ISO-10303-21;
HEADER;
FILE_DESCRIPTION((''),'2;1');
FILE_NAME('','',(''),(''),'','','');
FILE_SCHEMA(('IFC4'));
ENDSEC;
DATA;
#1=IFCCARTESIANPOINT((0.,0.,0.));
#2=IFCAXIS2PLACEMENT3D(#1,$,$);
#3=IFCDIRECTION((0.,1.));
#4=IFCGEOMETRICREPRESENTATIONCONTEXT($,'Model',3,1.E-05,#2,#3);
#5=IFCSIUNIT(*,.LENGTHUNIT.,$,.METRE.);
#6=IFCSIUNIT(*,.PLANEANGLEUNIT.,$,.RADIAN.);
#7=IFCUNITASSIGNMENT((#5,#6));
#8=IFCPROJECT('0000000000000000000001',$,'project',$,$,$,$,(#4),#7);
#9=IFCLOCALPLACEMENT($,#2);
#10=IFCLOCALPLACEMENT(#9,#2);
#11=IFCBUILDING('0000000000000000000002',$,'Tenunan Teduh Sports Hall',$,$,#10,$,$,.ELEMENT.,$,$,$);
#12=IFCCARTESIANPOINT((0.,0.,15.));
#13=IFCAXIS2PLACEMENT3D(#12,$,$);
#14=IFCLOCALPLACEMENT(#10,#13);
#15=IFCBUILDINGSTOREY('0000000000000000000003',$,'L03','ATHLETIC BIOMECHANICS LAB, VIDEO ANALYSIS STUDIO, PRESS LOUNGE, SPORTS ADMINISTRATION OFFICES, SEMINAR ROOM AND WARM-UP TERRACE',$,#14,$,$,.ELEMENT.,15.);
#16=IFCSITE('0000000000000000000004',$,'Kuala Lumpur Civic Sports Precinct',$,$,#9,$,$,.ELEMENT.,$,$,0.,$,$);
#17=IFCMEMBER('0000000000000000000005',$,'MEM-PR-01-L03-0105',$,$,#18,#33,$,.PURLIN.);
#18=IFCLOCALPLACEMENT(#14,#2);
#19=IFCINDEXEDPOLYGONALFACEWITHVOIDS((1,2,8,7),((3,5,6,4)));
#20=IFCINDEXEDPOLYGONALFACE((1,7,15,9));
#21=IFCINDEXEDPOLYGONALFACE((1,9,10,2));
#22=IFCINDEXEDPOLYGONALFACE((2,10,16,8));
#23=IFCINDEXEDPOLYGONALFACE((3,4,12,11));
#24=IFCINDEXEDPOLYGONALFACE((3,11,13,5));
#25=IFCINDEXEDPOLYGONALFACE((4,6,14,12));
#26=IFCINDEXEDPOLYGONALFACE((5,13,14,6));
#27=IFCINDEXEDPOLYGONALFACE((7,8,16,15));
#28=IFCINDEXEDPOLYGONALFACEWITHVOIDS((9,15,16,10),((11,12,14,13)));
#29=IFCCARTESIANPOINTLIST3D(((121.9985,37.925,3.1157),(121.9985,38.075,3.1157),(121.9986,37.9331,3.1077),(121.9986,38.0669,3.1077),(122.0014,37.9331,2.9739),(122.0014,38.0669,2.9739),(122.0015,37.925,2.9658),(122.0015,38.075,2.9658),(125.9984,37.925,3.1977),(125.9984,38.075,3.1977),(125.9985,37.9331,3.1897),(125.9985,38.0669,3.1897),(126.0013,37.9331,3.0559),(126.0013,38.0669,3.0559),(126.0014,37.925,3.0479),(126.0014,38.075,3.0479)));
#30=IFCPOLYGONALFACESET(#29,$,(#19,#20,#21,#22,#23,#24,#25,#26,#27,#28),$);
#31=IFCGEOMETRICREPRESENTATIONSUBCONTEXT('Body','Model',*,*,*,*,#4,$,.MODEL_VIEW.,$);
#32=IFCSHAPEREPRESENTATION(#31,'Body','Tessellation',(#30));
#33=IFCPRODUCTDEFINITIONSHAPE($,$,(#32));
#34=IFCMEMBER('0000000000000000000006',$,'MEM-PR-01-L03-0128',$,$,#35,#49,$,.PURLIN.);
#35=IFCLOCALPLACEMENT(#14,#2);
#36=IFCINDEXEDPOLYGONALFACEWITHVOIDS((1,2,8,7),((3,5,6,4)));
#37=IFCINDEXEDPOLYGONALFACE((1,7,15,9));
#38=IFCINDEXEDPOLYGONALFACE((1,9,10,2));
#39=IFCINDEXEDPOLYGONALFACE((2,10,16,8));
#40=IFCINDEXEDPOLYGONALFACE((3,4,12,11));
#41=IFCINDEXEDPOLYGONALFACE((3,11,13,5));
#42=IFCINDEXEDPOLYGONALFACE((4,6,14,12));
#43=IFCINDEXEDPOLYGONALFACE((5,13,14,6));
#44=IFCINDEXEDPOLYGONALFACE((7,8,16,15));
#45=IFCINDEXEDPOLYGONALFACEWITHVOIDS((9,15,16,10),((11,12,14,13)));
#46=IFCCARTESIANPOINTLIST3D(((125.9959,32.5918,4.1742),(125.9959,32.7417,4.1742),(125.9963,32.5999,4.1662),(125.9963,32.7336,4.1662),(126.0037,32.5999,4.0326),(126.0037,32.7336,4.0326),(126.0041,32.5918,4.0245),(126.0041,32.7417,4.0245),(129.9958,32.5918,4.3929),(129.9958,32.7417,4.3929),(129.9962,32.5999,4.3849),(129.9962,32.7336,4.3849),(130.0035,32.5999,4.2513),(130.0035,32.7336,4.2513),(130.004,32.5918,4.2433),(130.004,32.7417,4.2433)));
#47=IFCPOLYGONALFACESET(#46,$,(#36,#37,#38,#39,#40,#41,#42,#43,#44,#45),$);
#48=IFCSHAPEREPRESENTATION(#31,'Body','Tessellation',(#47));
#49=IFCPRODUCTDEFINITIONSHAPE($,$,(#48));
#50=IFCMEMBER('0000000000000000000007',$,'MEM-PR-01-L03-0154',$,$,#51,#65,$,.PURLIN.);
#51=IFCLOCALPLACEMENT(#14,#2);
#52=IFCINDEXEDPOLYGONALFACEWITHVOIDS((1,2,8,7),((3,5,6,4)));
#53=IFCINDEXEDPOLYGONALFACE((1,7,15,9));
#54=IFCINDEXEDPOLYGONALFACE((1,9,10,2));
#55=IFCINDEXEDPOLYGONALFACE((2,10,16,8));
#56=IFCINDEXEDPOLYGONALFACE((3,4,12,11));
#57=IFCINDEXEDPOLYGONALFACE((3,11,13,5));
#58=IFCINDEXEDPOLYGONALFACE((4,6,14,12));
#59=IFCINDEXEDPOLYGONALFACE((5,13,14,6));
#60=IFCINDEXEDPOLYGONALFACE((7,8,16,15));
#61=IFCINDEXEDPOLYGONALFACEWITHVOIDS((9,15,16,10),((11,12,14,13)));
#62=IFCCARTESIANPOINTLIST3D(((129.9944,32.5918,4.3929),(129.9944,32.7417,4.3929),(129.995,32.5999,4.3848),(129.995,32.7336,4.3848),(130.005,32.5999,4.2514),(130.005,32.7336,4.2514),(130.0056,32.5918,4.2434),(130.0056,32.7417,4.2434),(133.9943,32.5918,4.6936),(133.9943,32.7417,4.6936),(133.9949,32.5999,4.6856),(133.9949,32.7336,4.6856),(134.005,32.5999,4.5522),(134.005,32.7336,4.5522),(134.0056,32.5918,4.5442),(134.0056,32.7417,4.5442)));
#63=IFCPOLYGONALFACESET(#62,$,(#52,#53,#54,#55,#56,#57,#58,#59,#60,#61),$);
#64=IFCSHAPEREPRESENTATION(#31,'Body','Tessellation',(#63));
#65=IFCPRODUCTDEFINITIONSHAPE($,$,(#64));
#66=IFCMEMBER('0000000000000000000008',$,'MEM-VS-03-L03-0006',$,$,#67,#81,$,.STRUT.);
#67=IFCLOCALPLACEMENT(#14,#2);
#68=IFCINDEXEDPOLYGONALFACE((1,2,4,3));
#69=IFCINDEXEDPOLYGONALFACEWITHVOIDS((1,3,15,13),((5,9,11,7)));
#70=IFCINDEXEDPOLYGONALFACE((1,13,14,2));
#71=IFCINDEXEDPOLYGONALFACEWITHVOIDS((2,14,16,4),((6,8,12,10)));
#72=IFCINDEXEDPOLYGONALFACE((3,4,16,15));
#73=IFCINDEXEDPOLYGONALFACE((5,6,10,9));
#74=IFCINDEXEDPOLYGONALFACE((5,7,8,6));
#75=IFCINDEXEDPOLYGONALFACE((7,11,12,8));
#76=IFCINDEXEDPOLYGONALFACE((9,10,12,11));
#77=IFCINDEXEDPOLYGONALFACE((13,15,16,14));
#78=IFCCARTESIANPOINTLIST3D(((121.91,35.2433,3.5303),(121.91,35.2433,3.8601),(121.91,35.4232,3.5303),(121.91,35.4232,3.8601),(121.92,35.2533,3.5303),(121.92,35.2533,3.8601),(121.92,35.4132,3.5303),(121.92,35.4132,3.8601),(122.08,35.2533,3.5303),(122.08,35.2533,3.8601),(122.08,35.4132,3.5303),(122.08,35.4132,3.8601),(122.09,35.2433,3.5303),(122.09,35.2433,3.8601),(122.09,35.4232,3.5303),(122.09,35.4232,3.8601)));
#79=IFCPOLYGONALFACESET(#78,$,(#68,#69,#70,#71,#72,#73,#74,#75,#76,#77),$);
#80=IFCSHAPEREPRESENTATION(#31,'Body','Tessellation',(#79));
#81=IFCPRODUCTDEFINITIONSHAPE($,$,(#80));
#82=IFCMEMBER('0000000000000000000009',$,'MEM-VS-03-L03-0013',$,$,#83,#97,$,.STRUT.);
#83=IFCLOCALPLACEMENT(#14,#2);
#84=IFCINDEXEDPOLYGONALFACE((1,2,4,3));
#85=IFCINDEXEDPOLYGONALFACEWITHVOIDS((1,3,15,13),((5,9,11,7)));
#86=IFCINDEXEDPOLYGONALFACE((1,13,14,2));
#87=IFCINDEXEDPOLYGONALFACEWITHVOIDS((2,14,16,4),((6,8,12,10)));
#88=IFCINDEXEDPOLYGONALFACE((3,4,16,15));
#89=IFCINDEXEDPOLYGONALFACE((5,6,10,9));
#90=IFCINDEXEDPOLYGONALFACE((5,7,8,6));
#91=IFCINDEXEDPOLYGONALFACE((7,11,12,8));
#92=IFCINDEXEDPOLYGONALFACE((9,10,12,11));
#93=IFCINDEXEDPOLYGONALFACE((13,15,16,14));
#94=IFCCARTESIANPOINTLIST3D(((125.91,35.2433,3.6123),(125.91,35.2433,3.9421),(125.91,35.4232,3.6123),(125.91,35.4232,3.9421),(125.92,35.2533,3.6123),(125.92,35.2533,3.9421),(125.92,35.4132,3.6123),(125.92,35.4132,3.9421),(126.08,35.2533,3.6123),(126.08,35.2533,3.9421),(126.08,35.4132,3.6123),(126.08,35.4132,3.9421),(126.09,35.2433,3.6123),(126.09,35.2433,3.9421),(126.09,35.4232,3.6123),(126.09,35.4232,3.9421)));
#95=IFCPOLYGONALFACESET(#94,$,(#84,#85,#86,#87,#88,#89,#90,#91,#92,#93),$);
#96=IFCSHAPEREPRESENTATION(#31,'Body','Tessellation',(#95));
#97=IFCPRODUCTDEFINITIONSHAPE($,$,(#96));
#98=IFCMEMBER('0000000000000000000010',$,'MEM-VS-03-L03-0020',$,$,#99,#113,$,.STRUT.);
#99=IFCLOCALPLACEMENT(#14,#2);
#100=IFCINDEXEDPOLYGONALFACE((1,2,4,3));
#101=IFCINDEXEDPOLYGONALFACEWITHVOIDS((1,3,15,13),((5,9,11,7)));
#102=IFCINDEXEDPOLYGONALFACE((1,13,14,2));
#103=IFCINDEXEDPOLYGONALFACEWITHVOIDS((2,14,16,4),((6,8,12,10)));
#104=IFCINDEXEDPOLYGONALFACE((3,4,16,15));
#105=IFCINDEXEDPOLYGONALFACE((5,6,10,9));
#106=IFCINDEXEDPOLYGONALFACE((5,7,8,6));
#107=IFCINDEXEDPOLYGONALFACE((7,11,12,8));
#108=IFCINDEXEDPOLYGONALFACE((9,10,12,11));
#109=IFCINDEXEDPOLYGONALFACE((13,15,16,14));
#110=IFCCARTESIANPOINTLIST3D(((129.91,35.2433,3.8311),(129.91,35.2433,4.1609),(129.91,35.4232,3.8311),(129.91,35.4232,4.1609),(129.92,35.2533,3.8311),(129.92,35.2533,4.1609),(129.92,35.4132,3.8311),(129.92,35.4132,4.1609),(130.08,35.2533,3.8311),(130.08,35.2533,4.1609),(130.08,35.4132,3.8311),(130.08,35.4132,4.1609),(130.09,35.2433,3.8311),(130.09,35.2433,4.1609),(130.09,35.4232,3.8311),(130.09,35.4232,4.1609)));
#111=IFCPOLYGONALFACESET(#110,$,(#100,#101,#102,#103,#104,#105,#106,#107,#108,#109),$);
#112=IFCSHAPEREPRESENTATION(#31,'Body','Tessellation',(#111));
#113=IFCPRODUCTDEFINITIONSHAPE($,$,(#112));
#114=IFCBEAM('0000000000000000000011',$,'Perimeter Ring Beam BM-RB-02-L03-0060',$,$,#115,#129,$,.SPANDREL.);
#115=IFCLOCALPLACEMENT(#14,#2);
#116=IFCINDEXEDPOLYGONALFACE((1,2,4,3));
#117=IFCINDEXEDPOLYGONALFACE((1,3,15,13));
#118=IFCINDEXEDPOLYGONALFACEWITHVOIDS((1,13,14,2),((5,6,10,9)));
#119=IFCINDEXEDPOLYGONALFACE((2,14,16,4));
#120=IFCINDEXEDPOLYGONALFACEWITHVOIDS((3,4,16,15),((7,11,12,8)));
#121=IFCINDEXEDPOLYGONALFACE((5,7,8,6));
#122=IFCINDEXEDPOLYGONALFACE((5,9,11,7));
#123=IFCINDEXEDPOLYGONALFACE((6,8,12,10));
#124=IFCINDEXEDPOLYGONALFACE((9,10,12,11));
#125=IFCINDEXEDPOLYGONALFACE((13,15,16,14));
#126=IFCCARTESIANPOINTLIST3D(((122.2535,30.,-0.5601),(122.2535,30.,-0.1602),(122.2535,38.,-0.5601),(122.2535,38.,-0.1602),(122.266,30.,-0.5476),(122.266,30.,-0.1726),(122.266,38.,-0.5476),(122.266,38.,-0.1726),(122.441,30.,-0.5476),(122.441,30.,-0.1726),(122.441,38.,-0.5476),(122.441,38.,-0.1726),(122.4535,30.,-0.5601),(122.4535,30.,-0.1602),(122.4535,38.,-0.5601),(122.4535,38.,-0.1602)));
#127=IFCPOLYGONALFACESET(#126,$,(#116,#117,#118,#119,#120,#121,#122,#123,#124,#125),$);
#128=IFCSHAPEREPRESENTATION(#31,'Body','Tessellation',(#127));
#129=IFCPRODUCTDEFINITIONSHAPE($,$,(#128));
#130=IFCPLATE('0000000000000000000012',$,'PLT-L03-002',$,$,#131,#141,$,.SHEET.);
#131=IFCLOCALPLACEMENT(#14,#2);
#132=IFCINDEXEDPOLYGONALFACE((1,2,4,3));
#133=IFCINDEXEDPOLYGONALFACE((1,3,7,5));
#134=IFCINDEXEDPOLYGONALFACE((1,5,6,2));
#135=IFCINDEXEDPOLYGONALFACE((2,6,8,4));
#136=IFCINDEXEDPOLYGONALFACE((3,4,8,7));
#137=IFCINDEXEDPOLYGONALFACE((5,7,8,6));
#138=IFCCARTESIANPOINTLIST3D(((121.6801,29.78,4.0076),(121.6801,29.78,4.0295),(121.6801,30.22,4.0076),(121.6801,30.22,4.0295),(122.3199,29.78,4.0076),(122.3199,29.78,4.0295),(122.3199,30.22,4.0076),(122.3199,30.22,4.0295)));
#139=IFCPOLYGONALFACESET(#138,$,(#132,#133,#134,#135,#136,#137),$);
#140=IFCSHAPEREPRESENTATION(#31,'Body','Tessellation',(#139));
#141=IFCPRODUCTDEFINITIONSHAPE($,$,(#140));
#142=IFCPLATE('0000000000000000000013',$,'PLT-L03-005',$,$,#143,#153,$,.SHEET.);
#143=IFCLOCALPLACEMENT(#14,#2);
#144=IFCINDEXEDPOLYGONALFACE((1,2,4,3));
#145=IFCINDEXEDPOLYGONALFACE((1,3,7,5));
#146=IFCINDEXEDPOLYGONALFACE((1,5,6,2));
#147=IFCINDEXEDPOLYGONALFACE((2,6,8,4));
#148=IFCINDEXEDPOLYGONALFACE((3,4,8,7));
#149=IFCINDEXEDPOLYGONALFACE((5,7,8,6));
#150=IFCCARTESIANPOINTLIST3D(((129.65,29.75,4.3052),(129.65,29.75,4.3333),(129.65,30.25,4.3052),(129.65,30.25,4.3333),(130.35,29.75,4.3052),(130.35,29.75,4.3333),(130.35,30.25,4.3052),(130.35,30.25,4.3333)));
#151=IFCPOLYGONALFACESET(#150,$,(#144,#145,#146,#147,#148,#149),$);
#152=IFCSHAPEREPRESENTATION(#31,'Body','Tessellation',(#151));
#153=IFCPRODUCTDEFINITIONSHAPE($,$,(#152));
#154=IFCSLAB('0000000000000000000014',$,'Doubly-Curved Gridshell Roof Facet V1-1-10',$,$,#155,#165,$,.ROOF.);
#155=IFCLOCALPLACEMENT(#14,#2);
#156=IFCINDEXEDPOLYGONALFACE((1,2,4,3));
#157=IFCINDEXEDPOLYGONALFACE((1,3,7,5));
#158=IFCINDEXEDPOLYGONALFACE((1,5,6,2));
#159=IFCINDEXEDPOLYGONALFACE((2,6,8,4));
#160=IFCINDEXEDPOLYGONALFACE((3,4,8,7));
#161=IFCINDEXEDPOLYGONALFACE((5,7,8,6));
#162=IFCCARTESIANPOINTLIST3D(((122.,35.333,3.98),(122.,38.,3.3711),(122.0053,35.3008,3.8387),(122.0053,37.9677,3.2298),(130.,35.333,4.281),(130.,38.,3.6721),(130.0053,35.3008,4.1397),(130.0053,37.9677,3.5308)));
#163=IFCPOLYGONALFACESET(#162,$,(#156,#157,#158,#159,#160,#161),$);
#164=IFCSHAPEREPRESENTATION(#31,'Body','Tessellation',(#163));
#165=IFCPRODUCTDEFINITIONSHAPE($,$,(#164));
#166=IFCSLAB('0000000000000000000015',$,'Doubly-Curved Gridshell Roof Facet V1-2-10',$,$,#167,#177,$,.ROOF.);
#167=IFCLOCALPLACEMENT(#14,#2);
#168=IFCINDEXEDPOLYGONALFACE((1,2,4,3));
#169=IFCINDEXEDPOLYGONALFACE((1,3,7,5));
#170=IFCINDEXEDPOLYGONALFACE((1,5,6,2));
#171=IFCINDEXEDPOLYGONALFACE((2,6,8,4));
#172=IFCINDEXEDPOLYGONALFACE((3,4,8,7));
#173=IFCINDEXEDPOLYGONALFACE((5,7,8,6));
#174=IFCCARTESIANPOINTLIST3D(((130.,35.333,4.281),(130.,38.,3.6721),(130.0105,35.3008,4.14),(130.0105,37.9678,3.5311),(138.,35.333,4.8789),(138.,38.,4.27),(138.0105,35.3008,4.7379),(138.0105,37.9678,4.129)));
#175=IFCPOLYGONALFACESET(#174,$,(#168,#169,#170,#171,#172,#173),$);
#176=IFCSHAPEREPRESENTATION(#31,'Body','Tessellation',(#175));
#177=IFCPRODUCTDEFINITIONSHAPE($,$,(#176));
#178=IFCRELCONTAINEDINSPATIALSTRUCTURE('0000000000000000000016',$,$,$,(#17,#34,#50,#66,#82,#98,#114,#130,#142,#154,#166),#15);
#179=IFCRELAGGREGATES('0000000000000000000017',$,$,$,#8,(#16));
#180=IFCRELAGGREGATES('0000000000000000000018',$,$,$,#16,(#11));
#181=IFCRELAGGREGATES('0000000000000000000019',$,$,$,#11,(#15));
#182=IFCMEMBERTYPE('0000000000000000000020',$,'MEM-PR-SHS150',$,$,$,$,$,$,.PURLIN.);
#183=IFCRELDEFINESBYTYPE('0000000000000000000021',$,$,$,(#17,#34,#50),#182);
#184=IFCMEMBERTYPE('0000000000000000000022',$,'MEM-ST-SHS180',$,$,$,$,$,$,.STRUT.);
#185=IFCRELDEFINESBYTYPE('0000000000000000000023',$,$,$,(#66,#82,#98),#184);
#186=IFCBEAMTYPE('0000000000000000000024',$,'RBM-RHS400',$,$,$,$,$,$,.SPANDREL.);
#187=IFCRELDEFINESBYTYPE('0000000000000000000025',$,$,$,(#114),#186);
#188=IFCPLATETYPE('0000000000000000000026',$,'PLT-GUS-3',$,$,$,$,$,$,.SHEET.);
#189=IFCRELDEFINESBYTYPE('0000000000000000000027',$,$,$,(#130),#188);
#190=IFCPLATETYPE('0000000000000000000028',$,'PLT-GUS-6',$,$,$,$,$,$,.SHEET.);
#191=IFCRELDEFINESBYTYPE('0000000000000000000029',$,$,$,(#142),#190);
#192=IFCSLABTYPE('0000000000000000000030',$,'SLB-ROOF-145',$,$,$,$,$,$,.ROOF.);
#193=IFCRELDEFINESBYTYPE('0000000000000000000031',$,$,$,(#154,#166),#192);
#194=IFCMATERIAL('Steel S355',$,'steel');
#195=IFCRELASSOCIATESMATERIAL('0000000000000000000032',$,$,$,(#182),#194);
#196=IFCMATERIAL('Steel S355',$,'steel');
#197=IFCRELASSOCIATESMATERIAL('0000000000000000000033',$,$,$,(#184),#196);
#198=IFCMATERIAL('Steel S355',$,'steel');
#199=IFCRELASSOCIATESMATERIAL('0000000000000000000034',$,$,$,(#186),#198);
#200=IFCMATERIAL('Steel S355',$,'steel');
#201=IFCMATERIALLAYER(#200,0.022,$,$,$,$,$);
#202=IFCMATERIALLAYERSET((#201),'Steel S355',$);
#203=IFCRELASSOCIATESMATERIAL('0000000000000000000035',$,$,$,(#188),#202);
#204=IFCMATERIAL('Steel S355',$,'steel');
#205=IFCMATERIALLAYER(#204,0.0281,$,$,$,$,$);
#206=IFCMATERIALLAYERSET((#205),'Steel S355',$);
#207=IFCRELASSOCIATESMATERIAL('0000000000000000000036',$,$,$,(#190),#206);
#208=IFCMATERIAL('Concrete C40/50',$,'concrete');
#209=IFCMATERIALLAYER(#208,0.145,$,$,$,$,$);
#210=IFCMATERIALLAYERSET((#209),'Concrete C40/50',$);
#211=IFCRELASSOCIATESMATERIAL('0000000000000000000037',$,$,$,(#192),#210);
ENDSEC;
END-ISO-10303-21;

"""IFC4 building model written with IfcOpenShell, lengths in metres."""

from ifc_helpers import new_model, si_unit, direction, frame, origin, origin_2d, place, context, subcontext, project, spatial, polyline, rectangle, hollow_rectangle, outline, extrude, material, layer, layer_set, material_profile, profile_set, type_object, element, save


model = new_model("IFC4")

# Units and contexts
model_context = context("Model", 3, precision=1e-05, world=origin(), true_north=direction((0.0, 1.0)))
body_context = subcontext(model_context, "Body", "Model", "MODEL_VIEW")
ifc_project = project(units=[si_unit("LENGTHUNIT", "METRE"), si_unit("PLANEANGLEUNIT", "RADIAN")], contexts=[model_context])

# Site, building, storey
site_placement = place(None, origin())
site = spatial("IfcSite", under=ifc_project, at=site_placement, Name="Kuala Lumpur Civic Sports Precinct", CompositionType="ELEMENT", RefElevation=0.0)
building_placement = place(site_placement, origin())
building = spatial("IfcBuilding", under=site, at=building_placement, Name="Tenunan Teduh Sports Hall", CompositionType="ELEMENT")
storey_placement = place(building_placement, frame((0.0, 0.0, 15.0)))
storey = spatial("IfcBuildingStorey", under=building, at=storey_placement, Name="L03", Description="ATHLETIC BIOMECHANICS LAB, VIDEO ANALYSIS STUDIO, PRESS LOUNGE, SPORTS ADMINISTRATION OFFICES, SEMINAR ROOM AND WARM-UP TERRACE", CompositionType="ELEMENT", Elevation=15.0)

# Members
ifc_material_1 = material(Name="Steel S355", Category="steel")
ifc_material_profile_1 = material_profile(ifc_material_1, hollow_rectangle(XDim=0.1499, YDim=0.1499, WallThickness=0.0081, at=origin_2d()), Name="SHS 150x150x8.0")
ifc_profile_set_1 = profile_set([ifc_material_profile_1], Name="Steel S355")
member_type_1 = type_object("IfcMemberType", Name="MEM-PR-SHS150", PredefinedType="PURLIN", material=ifc_profile_set_1)
for number, where, z_axis, x_axis, name in (
    (1, (122.0, 38.0, 3.0408), (0.99979, 0.0, 0.020504), (0.0, 1.0, 0.0), "MEM-PR-01-L03-0105"),
):
    element("IfcMember", number, at=place(storey_placement, frame(where, z_axis=z_axis, x_axis=x_axis)), inside=storey, type_object=member_type_1, Name=name, PredefinedType="PURLIN", context=body_context, shape_type="SweptSolid", body=[
        extrude(hollow_rectangle(XDim=0.1499, YDim=0.1499, WallThickness=0.0081, at=origin_2d()), origin(), (0.0, 0.0, 1.0), 4.0007),
    ])
member_1_placement = place(storey_placement, frame((126.0, 32.6667, 4.0994), z_axis=(0.998508, 0.0, 0.054606), x_axis=(0.0, 1.0, 0.0)))
element("IfcMember", 2, at=member_1_placement, inside=storey, type_object=member_type_1, Name="MEM-PR-01-L03-0128", PredefinedType="PURLIN", context=body_context, shape_type="SweptSolid", body=[
    extrude(hollow_rectangle(XDim=0.1499, YDim=0.1499, WallThickness=0.0081, at=origin_2d()), origin(), (0.0, 0.0, 1.0), 4.0059),
])
member_2_placement = place(storey_placement, frame((130.0, 32.6667, 4.3181), z_axis=(0.997185, 0.0, 0.074984), x_axis=(0.0, 1.0, 0.0)))
element("IfcMember", 3, at=member_2_placement, inside=storey, type_object=member_type_1, Name="MEM-PR-01-L03-0154", PredefinedType="PURLIN", context=body_context, shape_type="SweptSolid", body=[
    extrude(hollow_rectangle(XDim=0.1499, YDim=0.1499, WallThickness=0.0081, at=origin_2d()), origin(), (0.0, 0.0, 1.0), 4.0112),
])
ifc_material_2 = material(Name="Steel S355", Category="steel")
ifc_material_profile_2 = material_profile(ifc_material_2, hollow_rectangle(XDim=0.1799, YDim=0.1799, WallThickness=0.01, at=origin_2d()), Name="SHS 180x180x10.0")
ifc_profile_set_2 = profile_set([ifc_material_profile_2], Name="Steel S355")
member_type_2 = type_object("IfcMemberType", Name="MEM-ST-SHS180", PredefinedType="STRUT", material=ifc_profile_set_2)
for number, where, z_axis, x_axis, name in (
    (4, (122.0, 35.3333, 3.5303), (0.0, 0.0, 1.0), (1.0, 0.0, 0.0), "MEM-VS-03-L03-0006"),
    (5, (126.0, 35.3333, 3.6123), (0.0, 0.0, 1.0), (1.0, 0.0, 0.0), "MEM-VS-03-L03-0013"),
    (6, (130.0, 35.3333, 3.8311), (0.0, 0.0, 1.0), (1.0, 0.0, 0.0), "MEM-VS-03-L03-0020"),
):
    element("IfcMember", number, at=place(storey_placement, frame(where, z_axis=z_axis, x_axis=x_axis)), inside=storey, type_object=member_type_2, Name=name, PredefinedType="STRUT", context=body_context, shape_type="SweptSolid", body=[
        extrude(hollow_rectangle(XDim=0.1799, YDim=0.1799, WallThickness=0.01, at=origin_2d()), origin(), (0.0, 0.0, 1.0), 0.3298),
    ])

# Beam
ifc_material_3 = material(Name="Steel S355", Category="steel")
ifc_material_profile_3 = material_profile(ifc_material_3, hollow_rectangle(XDim=0.2, YDim=0.3999, WallThickness=0.0125, at=origin_2d()), Name="RHS 400x200x12.5")
ifc_profile_set_3 = profile_set([ifc_material_profile_3], Name="Steel S355")
beam_type_1 = type_object("IfcBeamType", Name="RBM-RHS400", PredefinedType="SPANDREL", material=ifc_profile_set_3)
beam_1_placement = place(storey_placement, frame((122.3535, 30.0, -0.3601), z_axis=(0.0, 1.0, 0.0), x_axis=(-1.0, 0.0, 0.0)))
element("IfcBeam", 7, at=beam_1_placement, inside=storey, type_object=beam_type_1, Name="Perimeter Ring Beam BM-RB-02-L03-0060", PredefinedType="SPANDREL", context=body_context, shape_type="SweptSolid", body=[
    extrude(hollow_rectangle(XDim=0.2, YDim=0.3999, WallThickness=0.0125, at=origin_2d()), origin(), (0.0, 0.0, 1.0), 8.0),
])

# Plates
ifc_material_4 = material(Name="Steel S355", Category="steel")
ifc_layer_1 = layer(ifc_material_4, 0.022)
ifc_layer_set_1 = layer_set([ifc_layer_1], Name="Steel S355")
plate_type_1 = type_object("IfcPlateType", Name="PLT-GUS-3", PredefinedType="SHEET", material=ifc_layer_set_1)
plate_1_placement = place(storey_placement, frame((122.0, 30.0, 4.0076), z_axis=(0.0, 0.0, 1.0), x_axis=(1.0, 0.0, 0.0)))
element("IfcPlate", 8, at=plate_1_placement, inside=storey, type_object=plate_type_1, Name="PLT-L03-002", PredefinedType="SHEET", context=body_context, shape_type="SweptSolid", body=[
    extrude(rectangle(XDim=0.6399, YDim=0.4399, at=origin_2d()), origin(), (0.0, 0.0, 1.0), 0.022),
])
ifc_material_5 = material(Name="Steel S355", Category="steel")
ifc_layer_2 = layer(ifc_material_5, 0.0281)
ifc_layer_set_2 = layer_set([ifc_layer_2], Name="Steel S355")
plate_type_2 = type_object("IfcPlateType", Name="PLT-GUS-6", PredefinedType="SHEET", material=ifc_layer_set_2)
plate_2_placement = place(storey_placement, frame((130.0, 30.0, 4.3052), z_axis=(0.0, 0.0, 1.0), x_axis=(1.0, 0.0, 0.0)))
element("IfcPlate", 9, at=plate_2_placement, inside=storey, type_object=plate_type_2, Name="PLT-L03-005", PredefinedType="SHEET", context=body_context, shape_type="SweptSolid", body=[
    extrude(rectangle(XDim=0.7, YDim=0.5, at=origin_2d()), origin(), (0.0, 0.0, 1.0), 0.0281),
])

# Slabs
ifc_material_6 = material(Name="Concrete C40/50", Category="concrete")
ifc_layer_3 = layer(ifc_material_6, 0.145)
ifc_layer_set_3 = layer_set([ifc_layer_3], Name="Concrete C40/50")
slab_type_1 = type_object("IfcSlabType", Name="SLB-ROOF-145", PredefinedType="ROOF", material=ifc_layer_set_3)
slab_1_placement = place(storey_placement, frame((122.0, 35.333, 3.98), z_axis=(-0.03666, 0.222428, 0.97426), x_axis=(0.999293, 0.0, 0.037602)))
element("IfcSlab", 10, at=slab_1_placement, inside=storey, type_object=slab_type_1, Name="Doubly-Curved Gridshell Roof Facet V1-1-10", PredefinedType="ROOF", context=body_context, shape_type="SweptSolid", body=[
    extrude(outline(polyline([(0.0, 0.0), (8.0057, 0.0), (7.9828, 2.7355), (-0.0229, 2.7355), (0.0, 0.0)])), origin(), (0.0, 0.0, -1.0), 0.145),
])
slab_2_placement = place(storey_placement, frame((130.0, 35.333, 4.281), z_axis=(-0.07267, 0.221989, 0.972337), x_axis=(0.997219, 0.0, 0.07453)))
element("IfcSlab", 11, at=slab_2_placement, inside=storey, type_object=slab_type_1, Name="Doubly-Curved Gridshell Roof Facet V1-2-10", PredefinedType="ROOF", context=body_context, shape_type="SweptSolid", body=[
    extrude(outline(polyline([(0.0, 0.0), (8.0223, 0.0), (7.9769, 2.7352), (-0.0454, 2.7352), (0.0, 0.0)])), origin(), (0.0, 0.0, -1.0), 0.145),
])

save(model, "model.ifc")
